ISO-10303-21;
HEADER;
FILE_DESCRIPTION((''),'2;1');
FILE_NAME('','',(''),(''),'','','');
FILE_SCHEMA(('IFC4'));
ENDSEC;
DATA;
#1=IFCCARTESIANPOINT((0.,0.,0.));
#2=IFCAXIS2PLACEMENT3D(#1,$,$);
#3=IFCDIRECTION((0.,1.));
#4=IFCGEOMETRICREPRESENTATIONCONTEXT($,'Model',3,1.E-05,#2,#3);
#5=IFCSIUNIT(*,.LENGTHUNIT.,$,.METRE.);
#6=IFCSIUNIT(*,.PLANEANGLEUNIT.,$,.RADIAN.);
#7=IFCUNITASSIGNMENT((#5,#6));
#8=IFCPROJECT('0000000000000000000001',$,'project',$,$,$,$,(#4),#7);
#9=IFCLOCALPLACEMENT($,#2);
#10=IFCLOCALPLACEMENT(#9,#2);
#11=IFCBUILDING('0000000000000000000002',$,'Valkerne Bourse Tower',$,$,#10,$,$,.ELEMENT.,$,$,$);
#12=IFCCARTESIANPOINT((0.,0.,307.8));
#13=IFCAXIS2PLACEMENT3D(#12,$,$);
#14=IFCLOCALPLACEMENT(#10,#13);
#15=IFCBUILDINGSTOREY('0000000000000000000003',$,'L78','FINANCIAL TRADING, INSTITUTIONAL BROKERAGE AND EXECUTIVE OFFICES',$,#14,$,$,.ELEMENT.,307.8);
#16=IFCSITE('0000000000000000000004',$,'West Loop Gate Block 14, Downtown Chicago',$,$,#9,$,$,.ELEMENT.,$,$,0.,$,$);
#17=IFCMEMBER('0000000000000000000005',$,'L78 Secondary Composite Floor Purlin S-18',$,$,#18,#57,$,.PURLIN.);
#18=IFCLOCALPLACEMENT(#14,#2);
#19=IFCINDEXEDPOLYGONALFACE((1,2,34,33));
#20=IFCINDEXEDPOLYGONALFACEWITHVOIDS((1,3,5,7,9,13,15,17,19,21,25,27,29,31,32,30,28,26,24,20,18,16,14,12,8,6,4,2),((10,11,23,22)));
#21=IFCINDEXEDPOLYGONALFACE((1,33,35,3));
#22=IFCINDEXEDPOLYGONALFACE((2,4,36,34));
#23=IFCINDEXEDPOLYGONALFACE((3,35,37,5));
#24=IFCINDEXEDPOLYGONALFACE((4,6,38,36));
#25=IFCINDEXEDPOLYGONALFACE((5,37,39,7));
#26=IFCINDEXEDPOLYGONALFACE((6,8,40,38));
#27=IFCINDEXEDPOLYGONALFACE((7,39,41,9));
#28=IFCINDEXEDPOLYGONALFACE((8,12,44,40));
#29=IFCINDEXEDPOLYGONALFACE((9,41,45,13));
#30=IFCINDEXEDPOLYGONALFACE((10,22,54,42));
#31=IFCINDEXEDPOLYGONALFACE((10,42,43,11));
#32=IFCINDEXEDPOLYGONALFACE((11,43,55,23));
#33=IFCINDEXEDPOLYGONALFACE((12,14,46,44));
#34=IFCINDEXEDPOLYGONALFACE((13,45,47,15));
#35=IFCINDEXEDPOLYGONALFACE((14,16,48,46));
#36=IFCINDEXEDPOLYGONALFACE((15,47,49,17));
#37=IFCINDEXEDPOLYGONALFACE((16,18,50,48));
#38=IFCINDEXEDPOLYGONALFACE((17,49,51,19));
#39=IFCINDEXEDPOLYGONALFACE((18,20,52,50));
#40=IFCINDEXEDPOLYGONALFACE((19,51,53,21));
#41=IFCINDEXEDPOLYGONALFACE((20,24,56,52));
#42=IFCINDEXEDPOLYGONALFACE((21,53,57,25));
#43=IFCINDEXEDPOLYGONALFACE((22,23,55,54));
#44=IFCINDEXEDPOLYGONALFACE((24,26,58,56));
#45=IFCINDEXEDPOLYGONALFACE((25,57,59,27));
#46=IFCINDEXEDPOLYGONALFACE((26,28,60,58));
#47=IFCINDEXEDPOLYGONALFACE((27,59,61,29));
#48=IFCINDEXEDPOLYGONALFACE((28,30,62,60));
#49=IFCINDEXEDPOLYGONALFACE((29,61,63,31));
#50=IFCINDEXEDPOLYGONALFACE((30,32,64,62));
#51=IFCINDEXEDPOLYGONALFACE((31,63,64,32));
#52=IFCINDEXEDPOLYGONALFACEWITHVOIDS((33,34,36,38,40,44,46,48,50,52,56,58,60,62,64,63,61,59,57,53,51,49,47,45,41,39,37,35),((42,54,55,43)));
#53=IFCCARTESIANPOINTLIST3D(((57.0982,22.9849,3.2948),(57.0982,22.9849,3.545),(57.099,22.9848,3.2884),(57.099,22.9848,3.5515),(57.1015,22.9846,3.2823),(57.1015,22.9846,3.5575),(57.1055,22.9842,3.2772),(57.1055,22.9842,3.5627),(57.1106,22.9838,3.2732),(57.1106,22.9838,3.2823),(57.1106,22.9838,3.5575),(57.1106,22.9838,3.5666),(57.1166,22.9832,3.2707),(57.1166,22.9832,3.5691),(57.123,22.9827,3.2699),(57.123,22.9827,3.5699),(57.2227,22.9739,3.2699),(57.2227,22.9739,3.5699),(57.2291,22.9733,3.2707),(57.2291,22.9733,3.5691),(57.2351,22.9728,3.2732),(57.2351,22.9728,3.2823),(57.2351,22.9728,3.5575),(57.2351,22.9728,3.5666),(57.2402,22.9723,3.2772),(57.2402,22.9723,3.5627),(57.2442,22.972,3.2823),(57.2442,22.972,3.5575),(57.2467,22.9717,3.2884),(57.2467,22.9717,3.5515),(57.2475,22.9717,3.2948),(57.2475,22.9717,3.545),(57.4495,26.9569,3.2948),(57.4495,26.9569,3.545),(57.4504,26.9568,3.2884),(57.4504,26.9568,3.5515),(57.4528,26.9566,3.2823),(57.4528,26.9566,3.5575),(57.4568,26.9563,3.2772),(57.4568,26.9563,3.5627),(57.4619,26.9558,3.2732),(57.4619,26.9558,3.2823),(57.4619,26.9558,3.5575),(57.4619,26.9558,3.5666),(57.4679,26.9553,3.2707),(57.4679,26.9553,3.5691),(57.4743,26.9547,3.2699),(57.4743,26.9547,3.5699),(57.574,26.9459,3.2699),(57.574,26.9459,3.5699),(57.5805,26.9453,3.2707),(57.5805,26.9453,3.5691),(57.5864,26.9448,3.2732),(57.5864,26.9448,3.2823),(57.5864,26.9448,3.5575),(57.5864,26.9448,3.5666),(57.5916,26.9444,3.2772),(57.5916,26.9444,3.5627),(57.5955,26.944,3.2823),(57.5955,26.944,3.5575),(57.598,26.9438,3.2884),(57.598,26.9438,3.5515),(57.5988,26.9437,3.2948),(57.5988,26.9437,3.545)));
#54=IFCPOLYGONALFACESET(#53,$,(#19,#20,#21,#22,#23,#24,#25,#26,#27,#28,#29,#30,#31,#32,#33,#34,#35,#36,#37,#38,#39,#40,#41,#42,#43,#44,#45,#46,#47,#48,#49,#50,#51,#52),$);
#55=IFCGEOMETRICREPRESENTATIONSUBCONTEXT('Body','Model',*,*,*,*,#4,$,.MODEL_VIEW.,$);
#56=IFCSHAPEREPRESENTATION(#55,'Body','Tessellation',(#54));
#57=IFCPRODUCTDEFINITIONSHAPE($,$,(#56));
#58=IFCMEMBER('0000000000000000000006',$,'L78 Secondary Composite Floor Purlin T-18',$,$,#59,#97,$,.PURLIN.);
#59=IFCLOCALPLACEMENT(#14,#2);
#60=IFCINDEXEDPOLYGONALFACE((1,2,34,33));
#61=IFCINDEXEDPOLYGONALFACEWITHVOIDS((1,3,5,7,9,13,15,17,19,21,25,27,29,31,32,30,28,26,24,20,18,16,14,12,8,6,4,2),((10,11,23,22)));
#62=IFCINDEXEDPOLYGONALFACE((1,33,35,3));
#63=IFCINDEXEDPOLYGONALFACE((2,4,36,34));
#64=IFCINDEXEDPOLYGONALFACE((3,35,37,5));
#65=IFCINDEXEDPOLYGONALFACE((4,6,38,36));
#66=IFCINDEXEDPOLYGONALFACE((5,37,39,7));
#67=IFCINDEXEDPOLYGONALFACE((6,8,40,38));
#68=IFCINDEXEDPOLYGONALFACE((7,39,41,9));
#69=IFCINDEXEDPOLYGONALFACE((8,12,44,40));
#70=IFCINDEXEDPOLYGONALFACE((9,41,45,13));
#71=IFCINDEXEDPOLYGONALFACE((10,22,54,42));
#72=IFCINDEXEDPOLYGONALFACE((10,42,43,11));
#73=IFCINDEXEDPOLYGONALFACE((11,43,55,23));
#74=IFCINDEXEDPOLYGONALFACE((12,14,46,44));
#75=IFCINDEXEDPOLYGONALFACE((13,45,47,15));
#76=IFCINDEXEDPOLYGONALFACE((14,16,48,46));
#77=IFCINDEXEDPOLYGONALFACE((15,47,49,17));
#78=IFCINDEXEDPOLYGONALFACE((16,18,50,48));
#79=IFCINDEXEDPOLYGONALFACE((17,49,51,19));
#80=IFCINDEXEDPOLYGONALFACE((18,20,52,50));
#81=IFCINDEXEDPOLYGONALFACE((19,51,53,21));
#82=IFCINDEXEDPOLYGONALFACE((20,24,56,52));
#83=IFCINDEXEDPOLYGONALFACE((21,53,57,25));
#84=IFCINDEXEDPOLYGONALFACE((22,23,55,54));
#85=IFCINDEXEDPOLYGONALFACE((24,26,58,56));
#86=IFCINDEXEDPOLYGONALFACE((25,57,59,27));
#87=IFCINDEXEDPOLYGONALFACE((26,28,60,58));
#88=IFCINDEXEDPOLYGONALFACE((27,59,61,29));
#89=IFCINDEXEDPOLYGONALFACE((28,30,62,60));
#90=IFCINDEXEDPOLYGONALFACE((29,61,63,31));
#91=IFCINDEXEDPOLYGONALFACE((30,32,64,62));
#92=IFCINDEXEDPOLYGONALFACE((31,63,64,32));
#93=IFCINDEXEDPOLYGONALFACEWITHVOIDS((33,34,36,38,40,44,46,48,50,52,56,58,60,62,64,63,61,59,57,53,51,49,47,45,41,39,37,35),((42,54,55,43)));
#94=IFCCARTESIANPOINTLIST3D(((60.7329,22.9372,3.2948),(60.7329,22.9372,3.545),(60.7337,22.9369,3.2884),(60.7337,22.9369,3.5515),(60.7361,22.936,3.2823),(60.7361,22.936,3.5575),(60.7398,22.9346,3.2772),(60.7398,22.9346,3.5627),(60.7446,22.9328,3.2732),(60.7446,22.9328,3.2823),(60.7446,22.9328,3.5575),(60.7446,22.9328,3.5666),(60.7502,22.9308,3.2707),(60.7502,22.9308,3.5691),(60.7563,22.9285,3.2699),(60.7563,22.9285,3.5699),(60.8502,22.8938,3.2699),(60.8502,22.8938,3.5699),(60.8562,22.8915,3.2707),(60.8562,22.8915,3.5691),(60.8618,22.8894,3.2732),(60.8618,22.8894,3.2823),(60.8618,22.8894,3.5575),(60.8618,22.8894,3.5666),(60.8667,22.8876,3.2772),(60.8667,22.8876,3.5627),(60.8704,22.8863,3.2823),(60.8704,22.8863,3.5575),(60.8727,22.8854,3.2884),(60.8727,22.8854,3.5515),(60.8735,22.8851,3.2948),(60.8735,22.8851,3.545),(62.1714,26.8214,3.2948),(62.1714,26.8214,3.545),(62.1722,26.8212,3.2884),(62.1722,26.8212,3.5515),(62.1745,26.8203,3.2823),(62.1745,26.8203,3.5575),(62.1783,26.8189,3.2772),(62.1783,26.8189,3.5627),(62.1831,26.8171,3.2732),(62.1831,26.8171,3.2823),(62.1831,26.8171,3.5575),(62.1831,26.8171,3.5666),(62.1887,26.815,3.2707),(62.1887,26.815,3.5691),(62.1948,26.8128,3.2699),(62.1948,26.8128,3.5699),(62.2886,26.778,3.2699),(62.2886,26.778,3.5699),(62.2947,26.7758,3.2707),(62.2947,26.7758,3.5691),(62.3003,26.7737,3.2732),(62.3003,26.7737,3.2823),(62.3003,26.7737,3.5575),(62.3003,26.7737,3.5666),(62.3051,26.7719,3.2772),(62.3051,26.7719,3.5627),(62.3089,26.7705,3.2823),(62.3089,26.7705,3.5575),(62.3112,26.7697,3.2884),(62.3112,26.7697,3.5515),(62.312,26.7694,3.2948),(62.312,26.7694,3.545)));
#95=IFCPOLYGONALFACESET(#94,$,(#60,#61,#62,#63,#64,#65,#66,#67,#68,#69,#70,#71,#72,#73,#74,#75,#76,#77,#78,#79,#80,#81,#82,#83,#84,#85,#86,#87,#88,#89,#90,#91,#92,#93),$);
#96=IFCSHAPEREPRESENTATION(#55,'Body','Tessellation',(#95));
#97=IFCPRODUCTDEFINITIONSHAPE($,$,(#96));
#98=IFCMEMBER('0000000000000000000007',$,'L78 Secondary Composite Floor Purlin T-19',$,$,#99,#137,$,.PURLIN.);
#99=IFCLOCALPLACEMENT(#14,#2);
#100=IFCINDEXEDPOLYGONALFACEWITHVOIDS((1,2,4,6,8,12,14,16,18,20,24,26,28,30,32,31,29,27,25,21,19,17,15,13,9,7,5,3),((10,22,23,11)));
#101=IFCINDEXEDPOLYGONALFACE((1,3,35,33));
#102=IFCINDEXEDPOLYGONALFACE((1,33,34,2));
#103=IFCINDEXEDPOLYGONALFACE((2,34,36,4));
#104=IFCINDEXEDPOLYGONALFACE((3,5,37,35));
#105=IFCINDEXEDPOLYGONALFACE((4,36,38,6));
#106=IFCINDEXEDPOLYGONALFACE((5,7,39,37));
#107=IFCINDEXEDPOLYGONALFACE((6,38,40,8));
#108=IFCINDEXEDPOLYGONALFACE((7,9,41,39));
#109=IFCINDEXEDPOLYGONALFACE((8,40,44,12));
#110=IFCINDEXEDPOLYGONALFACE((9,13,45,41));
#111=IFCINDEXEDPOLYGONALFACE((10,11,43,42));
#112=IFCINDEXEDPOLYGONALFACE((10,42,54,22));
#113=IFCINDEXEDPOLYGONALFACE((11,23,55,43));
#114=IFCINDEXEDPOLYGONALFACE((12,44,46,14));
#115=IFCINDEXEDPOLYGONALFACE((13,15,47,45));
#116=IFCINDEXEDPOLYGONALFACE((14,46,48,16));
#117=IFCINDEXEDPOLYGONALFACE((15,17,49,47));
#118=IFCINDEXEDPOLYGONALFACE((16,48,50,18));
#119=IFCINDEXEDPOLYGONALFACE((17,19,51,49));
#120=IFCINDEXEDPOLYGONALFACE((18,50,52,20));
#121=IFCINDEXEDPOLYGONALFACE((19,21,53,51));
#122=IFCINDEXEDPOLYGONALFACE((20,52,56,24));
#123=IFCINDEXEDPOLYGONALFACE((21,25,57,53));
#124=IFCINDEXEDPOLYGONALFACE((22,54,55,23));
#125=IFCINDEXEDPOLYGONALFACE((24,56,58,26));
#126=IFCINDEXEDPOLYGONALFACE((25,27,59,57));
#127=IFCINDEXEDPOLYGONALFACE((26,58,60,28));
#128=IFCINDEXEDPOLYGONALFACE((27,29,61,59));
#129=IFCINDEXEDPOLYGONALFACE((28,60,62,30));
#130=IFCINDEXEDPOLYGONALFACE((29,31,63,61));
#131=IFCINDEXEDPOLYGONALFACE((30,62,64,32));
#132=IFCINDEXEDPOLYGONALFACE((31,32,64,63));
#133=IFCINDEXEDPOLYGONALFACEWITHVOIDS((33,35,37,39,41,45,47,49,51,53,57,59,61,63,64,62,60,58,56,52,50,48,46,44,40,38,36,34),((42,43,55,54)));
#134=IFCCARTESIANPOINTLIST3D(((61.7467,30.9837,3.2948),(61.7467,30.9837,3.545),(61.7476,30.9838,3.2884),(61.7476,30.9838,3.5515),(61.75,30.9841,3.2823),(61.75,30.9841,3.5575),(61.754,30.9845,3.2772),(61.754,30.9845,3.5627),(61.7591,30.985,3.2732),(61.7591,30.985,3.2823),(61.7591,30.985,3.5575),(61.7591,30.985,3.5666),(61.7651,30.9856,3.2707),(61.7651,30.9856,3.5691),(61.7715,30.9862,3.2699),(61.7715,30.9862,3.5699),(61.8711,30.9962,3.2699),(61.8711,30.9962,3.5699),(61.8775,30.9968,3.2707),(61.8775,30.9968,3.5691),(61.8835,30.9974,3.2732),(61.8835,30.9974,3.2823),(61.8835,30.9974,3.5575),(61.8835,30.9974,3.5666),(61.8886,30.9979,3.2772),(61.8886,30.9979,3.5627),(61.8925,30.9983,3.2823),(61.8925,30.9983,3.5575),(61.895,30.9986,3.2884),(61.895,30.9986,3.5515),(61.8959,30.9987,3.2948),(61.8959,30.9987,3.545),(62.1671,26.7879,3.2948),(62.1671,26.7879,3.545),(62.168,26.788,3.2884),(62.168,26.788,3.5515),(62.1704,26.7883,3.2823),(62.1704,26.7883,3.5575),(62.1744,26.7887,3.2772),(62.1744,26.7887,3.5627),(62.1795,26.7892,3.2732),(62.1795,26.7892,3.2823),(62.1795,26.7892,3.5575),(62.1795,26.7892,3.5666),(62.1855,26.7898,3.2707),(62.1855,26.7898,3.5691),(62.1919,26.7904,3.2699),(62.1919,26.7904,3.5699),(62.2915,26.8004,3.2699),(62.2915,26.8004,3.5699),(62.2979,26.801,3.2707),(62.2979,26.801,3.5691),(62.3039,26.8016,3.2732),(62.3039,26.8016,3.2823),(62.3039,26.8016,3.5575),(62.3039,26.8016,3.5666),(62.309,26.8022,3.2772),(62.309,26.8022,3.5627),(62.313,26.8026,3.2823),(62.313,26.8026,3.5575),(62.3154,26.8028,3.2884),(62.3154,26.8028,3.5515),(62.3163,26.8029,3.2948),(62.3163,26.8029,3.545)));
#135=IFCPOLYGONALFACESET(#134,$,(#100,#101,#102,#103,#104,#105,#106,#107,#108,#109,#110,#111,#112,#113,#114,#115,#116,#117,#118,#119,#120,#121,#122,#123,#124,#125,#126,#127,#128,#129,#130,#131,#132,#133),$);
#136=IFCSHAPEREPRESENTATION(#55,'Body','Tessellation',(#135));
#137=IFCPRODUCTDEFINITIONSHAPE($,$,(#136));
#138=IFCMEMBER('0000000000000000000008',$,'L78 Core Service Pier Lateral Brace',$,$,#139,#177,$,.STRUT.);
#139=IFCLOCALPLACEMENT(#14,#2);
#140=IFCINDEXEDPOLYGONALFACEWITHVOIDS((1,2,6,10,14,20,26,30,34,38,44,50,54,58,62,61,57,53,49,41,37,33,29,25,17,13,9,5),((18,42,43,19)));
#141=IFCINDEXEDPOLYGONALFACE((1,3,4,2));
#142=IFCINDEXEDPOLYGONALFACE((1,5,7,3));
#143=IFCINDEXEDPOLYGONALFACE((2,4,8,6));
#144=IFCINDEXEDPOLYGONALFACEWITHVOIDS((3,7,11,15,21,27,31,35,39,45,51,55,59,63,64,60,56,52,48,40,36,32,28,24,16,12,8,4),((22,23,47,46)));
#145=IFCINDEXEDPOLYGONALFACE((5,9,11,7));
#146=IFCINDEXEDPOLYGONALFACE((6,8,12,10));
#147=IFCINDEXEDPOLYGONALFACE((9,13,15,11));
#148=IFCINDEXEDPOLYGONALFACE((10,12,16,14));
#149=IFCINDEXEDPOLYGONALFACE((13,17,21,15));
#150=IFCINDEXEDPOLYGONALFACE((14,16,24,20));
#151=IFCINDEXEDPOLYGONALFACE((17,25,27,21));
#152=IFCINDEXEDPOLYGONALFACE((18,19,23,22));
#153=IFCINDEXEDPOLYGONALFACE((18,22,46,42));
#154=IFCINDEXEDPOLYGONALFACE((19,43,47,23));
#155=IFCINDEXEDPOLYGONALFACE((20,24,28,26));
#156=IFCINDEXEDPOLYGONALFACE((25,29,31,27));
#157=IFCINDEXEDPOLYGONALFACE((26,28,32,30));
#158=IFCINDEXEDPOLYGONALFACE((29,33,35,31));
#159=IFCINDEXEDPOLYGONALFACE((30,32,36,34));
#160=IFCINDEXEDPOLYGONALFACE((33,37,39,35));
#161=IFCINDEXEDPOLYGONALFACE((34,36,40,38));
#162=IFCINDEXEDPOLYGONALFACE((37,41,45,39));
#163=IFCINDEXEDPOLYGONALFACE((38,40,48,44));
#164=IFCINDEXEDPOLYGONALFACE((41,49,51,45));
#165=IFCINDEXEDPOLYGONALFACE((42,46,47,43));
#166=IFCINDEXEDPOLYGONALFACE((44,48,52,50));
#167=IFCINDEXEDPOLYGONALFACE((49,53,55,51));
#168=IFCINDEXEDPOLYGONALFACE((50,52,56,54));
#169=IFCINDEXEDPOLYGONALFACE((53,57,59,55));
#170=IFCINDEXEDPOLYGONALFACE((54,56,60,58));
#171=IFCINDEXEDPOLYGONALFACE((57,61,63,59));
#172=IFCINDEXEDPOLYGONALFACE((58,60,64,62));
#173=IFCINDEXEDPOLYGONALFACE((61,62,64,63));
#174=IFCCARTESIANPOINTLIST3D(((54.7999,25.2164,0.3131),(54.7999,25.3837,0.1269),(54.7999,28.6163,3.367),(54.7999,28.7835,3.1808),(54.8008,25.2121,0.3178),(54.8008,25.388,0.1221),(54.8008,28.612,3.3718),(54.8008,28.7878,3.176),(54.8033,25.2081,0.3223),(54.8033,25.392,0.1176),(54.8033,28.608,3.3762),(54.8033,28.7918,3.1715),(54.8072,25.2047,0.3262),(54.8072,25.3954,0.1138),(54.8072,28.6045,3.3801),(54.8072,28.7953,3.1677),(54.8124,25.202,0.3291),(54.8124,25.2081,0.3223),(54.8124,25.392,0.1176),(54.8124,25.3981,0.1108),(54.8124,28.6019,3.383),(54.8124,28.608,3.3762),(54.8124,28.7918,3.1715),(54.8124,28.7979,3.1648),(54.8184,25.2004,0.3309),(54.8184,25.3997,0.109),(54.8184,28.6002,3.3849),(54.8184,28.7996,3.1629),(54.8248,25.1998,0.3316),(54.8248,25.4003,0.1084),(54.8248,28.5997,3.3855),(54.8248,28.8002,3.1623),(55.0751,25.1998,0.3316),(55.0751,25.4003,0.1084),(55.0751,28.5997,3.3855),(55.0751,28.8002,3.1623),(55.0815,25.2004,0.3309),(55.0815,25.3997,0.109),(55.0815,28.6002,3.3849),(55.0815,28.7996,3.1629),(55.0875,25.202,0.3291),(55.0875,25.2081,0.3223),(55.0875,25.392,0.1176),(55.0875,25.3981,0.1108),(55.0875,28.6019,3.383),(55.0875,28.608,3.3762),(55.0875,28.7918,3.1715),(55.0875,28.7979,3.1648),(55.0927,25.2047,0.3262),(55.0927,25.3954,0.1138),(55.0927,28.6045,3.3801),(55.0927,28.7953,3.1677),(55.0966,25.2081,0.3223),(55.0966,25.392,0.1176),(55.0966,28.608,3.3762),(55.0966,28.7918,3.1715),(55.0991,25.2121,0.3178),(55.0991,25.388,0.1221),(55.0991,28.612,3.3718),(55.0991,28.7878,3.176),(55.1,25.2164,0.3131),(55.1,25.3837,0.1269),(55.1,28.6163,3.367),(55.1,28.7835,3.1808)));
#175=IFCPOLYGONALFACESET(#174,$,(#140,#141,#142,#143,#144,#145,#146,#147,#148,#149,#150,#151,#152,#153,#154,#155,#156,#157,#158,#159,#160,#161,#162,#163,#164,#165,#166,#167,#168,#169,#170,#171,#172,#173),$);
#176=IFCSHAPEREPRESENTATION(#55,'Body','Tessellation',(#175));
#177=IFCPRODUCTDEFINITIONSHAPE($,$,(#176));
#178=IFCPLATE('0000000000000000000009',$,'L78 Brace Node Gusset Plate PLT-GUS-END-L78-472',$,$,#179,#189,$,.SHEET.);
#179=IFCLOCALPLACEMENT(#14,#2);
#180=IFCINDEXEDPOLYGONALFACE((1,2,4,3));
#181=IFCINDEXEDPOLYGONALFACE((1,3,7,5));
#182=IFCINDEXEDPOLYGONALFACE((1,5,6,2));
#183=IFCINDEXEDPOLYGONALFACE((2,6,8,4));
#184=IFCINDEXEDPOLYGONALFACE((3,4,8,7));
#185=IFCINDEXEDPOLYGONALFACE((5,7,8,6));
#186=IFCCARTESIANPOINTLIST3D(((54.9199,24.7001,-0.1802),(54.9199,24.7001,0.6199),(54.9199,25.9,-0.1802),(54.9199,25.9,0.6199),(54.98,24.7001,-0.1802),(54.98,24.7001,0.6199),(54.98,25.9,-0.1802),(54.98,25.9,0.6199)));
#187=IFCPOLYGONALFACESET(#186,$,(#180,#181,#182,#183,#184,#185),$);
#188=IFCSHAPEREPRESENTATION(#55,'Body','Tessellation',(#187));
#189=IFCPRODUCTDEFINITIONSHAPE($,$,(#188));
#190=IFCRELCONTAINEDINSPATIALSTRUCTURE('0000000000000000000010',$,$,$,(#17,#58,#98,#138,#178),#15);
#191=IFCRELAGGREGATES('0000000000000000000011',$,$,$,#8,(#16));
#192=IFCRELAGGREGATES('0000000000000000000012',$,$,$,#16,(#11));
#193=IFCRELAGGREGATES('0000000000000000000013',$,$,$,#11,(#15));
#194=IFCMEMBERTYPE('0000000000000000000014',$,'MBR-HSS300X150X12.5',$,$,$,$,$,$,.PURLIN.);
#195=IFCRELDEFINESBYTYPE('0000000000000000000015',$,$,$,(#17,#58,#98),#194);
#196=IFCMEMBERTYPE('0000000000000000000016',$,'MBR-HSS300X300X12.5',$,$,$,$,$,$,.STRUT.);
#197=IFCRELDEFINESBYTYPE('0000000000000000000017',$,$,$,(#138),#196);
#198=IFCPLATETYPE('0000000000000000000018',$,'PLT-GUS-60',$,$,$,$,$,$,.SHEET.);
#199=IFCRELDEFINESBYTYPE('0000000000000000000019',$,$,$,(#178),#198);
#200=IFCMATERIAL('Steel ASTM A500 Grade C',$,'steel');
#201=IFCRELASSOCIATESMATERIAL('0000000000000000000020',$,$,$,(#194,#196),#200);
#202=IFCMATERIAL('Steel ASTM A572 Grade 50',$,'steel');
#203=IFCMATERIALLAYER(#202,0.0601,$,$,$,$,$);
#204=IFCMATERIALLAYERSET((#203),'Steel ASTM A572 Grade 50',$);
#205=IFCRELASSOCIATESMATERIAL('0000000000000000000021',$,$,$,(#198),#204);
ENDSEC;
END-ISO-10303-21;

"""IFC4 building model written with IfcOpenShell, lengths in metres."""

from ifc_helpers import new_model, si_unit, direction, frame, origin, origin_2d, place, context, subcontext, project, spatial, rectangle, hollow_rectangle, extrude, material, layer, layer_set, material_profile, profile_set, type_object, element, save


model = new_model("IFC4")

# Units and contexts
model_context = context("Model", 3, precision=1e-05, world=origin(), true_north=direction((0.0, 1.0)))
body_context = subcontext(model_context, "Body", "Model", "MODEL_VIEW")
ifc_project = project(units=[si_unit("LENGTHUNIT", "METRE"), si_unit("PLANEANGLEUNIT", "RADIAN")], contexts=[model_context])

# Site, building, storey
site_placement = place(None, origin())
site = spatial("IfcSite", under=ifc_project, at=site_placement, Name="West Loop Gate Block 14, Downtown Chicago", CompositionType="ELEMENT", RefElevation=0.0)
building_placement = place(site_placement, origin())
building = spatial("IfcBuilding", under=site, at=building_placement, Name="Valkerne Bourse Tower", CompositionType="ELEMENT")
storey_placement = place(building_placement, frame((0.0, 0.0, 307.8)))
storey = spatial("IfcBuildingStorey", under=building, at=storey_placement, Name="L78", Description="FINANCIAL TRADING, INSTITUTIONAL BROKERAGE AND EXECUTIVE OFFICES", CompositionType="ELEMENT", Elevation=307.8)

# Shared definitions
ifc_material_1 = material(Name="Steel ASTM A500 Grade C", Category="steel")

# Members
ifc_material_profile_1 = material_profile(ifc_material_1, hollow_rectangle(XDim=0.1499, YDim=0.3, WallThickness=0.0125, OuterFilletRadius=0.0249, at=origin_2d()), Name="HSS300X150X12.5")
ifc_profile_set_1 = profile_set([ifc_material_profile_1], Name="Steel ASTM A500 Grade C")
member_type_1 = type_object("IfcMemberType", Name="MBR-HSS300X150X12.5", PredefinedType="PURLIN", material=ifc_profile_set_1)
member_1_placement = place(storey_placement, frame((57.1729, 22.9783, 3.4199), z_axis=(0.088106, 0.996111, 0.0), x_axis=(-0.996111, 0.088106, 0.0)))
element("IfcMember", 1, at=member_1_placement, inside=storey, type_object=member_type_1, Name="L78 Secondary Composite Floor Purlin S-18", PredefinedType="PURLIN", context=body_context, shape_type="SweptSolid", body=[
    extrude(hollow_rectangle(XDim=0.1499, YDim=0.3, WallThickness=0.0125, OuterFilletRadius=0.0249, at=origin_2d()), origin(), (0.0, 0.0, 1.0), 3.9875),
])
member_2_placement = place(storey_placement, frame((60.8032, 22.9111, 3.4199), z_axis=(0.347284, 0.93776, 0.0), x_axis=(-0.93776, 0.347284, 0.0)))
element("IfcMember", 2, at=member_2_placement, inside=storey, type_object=member_type_1, Name="L78 Secondary Composite Floor Purlin T-18", PredefinedType="PURLIN", context=body_context, shape_type="SweptSolid", body=[
    extrude(hollow_rectangle(XDim=0.1499, YDim=0.3, WallThickness=0.0125, OuterFilletRadius=0.0249, at=origin_2d()), origin(), (0.0, 0.0, 1.0), 4.1421),
])
member_3_placement = place(storey_placement, frame((62.2417, 26.7954, 3.4199), z_axis=(-0.099699, 0.995018, 0.0), x_axis=(-0.995018, -0.099699, 0.0)))
element("IfcMember", 3, at=member_3_placement, inside=storey, type_object=member_type_1, Name="L78 Secondary Composite Floor Purlin T-19", PredefinedType="PURLIN", context=body_context, shape_type="SweptSolid", body=[
    extrude(hollow_rectangle(XDim=0.1499, YDim=0.3, WallThickness=0.0125, OuterFilletRadius=0.0249, at=origin_2d()), origin(), (0.0, 0.0, 1.0), 4.2168),
])
ifc_material_profile_2 = material_profile(ifc_material_1, hollow_rectangle(XDim=0.3, YDim=0.3, WallThickness=0.0125, OuterFilletRadius=0.0249, at=origin_2d()), Name="HSS300X300X12.5")
ifc_profile_set_2 = profile_set([ifc_material_profile_2], Name="Steel ASTM A500 Grade C")
member_type_2 = type_object("IfcMemberType", Name="MBR-HSS300X300X12.5", PredefinedType="STRUT", material=ifc_profile_set_2)
member_4_placement = place(storey_placement, frame((54.95, 25.3, 0.22), z_axis=(0.0, 0.743942, 0.668244), x_axis=(-1.0, 0.0, 0.0)))
element("IfcMember", 4, at=member_4_placement, inside=storey, type_object=member_type_2, Name="L78 Core Service Pier Lateral Brace", PredefinedType="STRUT", context=body_context, shape_type="SweptSolid", body=[
    extrude(hollow_rectangle(XDim=0.3, YDim=0.3, WallThickness=0.0125, OuterFilletRadius=0.0249, at=origin_2d()), origin(), (0.0, 0.0, 1.0), 4.5701),
])

# Plate
ifc_material_2 = material(Name="Steel ASTM A572 Grade 50", Category="steel")
ifc_layer_1 = layer(ifc_material_2, 0.0601)
ifc_layer_set_1 = layer_set([ifc_layer_1], Name="Steel ASTM A572 Grade 50")
plate_type = type_object("IfcPlateType", Name="PLT-GUS-60", PredefinedType="SHEET", material=ifc_layer_set_1)
plate_placement = place(storey_placement, frame((54.95, 25.3, -0.1802), z_axis=(0.0, 0.0, 1.0), x_axis=(0.0, 1.0, 0.0)))
element("IfcPlate", 5, at=plate_placement, inside=storey, type_object=plate_type, Name="L78 Brace Node Gusset Plate PLT-GUS-END-L78-472", PredefinedType="SHEET", context=body_context, shape_type="SweptSolid", body=[
    extrude(rectangle(XDim=1.2, YDim=0.0601, at=origin_2d()), origin(), (0.0, 0.0, 1.0), 0.8),
])

save(model, "model.ifc")
